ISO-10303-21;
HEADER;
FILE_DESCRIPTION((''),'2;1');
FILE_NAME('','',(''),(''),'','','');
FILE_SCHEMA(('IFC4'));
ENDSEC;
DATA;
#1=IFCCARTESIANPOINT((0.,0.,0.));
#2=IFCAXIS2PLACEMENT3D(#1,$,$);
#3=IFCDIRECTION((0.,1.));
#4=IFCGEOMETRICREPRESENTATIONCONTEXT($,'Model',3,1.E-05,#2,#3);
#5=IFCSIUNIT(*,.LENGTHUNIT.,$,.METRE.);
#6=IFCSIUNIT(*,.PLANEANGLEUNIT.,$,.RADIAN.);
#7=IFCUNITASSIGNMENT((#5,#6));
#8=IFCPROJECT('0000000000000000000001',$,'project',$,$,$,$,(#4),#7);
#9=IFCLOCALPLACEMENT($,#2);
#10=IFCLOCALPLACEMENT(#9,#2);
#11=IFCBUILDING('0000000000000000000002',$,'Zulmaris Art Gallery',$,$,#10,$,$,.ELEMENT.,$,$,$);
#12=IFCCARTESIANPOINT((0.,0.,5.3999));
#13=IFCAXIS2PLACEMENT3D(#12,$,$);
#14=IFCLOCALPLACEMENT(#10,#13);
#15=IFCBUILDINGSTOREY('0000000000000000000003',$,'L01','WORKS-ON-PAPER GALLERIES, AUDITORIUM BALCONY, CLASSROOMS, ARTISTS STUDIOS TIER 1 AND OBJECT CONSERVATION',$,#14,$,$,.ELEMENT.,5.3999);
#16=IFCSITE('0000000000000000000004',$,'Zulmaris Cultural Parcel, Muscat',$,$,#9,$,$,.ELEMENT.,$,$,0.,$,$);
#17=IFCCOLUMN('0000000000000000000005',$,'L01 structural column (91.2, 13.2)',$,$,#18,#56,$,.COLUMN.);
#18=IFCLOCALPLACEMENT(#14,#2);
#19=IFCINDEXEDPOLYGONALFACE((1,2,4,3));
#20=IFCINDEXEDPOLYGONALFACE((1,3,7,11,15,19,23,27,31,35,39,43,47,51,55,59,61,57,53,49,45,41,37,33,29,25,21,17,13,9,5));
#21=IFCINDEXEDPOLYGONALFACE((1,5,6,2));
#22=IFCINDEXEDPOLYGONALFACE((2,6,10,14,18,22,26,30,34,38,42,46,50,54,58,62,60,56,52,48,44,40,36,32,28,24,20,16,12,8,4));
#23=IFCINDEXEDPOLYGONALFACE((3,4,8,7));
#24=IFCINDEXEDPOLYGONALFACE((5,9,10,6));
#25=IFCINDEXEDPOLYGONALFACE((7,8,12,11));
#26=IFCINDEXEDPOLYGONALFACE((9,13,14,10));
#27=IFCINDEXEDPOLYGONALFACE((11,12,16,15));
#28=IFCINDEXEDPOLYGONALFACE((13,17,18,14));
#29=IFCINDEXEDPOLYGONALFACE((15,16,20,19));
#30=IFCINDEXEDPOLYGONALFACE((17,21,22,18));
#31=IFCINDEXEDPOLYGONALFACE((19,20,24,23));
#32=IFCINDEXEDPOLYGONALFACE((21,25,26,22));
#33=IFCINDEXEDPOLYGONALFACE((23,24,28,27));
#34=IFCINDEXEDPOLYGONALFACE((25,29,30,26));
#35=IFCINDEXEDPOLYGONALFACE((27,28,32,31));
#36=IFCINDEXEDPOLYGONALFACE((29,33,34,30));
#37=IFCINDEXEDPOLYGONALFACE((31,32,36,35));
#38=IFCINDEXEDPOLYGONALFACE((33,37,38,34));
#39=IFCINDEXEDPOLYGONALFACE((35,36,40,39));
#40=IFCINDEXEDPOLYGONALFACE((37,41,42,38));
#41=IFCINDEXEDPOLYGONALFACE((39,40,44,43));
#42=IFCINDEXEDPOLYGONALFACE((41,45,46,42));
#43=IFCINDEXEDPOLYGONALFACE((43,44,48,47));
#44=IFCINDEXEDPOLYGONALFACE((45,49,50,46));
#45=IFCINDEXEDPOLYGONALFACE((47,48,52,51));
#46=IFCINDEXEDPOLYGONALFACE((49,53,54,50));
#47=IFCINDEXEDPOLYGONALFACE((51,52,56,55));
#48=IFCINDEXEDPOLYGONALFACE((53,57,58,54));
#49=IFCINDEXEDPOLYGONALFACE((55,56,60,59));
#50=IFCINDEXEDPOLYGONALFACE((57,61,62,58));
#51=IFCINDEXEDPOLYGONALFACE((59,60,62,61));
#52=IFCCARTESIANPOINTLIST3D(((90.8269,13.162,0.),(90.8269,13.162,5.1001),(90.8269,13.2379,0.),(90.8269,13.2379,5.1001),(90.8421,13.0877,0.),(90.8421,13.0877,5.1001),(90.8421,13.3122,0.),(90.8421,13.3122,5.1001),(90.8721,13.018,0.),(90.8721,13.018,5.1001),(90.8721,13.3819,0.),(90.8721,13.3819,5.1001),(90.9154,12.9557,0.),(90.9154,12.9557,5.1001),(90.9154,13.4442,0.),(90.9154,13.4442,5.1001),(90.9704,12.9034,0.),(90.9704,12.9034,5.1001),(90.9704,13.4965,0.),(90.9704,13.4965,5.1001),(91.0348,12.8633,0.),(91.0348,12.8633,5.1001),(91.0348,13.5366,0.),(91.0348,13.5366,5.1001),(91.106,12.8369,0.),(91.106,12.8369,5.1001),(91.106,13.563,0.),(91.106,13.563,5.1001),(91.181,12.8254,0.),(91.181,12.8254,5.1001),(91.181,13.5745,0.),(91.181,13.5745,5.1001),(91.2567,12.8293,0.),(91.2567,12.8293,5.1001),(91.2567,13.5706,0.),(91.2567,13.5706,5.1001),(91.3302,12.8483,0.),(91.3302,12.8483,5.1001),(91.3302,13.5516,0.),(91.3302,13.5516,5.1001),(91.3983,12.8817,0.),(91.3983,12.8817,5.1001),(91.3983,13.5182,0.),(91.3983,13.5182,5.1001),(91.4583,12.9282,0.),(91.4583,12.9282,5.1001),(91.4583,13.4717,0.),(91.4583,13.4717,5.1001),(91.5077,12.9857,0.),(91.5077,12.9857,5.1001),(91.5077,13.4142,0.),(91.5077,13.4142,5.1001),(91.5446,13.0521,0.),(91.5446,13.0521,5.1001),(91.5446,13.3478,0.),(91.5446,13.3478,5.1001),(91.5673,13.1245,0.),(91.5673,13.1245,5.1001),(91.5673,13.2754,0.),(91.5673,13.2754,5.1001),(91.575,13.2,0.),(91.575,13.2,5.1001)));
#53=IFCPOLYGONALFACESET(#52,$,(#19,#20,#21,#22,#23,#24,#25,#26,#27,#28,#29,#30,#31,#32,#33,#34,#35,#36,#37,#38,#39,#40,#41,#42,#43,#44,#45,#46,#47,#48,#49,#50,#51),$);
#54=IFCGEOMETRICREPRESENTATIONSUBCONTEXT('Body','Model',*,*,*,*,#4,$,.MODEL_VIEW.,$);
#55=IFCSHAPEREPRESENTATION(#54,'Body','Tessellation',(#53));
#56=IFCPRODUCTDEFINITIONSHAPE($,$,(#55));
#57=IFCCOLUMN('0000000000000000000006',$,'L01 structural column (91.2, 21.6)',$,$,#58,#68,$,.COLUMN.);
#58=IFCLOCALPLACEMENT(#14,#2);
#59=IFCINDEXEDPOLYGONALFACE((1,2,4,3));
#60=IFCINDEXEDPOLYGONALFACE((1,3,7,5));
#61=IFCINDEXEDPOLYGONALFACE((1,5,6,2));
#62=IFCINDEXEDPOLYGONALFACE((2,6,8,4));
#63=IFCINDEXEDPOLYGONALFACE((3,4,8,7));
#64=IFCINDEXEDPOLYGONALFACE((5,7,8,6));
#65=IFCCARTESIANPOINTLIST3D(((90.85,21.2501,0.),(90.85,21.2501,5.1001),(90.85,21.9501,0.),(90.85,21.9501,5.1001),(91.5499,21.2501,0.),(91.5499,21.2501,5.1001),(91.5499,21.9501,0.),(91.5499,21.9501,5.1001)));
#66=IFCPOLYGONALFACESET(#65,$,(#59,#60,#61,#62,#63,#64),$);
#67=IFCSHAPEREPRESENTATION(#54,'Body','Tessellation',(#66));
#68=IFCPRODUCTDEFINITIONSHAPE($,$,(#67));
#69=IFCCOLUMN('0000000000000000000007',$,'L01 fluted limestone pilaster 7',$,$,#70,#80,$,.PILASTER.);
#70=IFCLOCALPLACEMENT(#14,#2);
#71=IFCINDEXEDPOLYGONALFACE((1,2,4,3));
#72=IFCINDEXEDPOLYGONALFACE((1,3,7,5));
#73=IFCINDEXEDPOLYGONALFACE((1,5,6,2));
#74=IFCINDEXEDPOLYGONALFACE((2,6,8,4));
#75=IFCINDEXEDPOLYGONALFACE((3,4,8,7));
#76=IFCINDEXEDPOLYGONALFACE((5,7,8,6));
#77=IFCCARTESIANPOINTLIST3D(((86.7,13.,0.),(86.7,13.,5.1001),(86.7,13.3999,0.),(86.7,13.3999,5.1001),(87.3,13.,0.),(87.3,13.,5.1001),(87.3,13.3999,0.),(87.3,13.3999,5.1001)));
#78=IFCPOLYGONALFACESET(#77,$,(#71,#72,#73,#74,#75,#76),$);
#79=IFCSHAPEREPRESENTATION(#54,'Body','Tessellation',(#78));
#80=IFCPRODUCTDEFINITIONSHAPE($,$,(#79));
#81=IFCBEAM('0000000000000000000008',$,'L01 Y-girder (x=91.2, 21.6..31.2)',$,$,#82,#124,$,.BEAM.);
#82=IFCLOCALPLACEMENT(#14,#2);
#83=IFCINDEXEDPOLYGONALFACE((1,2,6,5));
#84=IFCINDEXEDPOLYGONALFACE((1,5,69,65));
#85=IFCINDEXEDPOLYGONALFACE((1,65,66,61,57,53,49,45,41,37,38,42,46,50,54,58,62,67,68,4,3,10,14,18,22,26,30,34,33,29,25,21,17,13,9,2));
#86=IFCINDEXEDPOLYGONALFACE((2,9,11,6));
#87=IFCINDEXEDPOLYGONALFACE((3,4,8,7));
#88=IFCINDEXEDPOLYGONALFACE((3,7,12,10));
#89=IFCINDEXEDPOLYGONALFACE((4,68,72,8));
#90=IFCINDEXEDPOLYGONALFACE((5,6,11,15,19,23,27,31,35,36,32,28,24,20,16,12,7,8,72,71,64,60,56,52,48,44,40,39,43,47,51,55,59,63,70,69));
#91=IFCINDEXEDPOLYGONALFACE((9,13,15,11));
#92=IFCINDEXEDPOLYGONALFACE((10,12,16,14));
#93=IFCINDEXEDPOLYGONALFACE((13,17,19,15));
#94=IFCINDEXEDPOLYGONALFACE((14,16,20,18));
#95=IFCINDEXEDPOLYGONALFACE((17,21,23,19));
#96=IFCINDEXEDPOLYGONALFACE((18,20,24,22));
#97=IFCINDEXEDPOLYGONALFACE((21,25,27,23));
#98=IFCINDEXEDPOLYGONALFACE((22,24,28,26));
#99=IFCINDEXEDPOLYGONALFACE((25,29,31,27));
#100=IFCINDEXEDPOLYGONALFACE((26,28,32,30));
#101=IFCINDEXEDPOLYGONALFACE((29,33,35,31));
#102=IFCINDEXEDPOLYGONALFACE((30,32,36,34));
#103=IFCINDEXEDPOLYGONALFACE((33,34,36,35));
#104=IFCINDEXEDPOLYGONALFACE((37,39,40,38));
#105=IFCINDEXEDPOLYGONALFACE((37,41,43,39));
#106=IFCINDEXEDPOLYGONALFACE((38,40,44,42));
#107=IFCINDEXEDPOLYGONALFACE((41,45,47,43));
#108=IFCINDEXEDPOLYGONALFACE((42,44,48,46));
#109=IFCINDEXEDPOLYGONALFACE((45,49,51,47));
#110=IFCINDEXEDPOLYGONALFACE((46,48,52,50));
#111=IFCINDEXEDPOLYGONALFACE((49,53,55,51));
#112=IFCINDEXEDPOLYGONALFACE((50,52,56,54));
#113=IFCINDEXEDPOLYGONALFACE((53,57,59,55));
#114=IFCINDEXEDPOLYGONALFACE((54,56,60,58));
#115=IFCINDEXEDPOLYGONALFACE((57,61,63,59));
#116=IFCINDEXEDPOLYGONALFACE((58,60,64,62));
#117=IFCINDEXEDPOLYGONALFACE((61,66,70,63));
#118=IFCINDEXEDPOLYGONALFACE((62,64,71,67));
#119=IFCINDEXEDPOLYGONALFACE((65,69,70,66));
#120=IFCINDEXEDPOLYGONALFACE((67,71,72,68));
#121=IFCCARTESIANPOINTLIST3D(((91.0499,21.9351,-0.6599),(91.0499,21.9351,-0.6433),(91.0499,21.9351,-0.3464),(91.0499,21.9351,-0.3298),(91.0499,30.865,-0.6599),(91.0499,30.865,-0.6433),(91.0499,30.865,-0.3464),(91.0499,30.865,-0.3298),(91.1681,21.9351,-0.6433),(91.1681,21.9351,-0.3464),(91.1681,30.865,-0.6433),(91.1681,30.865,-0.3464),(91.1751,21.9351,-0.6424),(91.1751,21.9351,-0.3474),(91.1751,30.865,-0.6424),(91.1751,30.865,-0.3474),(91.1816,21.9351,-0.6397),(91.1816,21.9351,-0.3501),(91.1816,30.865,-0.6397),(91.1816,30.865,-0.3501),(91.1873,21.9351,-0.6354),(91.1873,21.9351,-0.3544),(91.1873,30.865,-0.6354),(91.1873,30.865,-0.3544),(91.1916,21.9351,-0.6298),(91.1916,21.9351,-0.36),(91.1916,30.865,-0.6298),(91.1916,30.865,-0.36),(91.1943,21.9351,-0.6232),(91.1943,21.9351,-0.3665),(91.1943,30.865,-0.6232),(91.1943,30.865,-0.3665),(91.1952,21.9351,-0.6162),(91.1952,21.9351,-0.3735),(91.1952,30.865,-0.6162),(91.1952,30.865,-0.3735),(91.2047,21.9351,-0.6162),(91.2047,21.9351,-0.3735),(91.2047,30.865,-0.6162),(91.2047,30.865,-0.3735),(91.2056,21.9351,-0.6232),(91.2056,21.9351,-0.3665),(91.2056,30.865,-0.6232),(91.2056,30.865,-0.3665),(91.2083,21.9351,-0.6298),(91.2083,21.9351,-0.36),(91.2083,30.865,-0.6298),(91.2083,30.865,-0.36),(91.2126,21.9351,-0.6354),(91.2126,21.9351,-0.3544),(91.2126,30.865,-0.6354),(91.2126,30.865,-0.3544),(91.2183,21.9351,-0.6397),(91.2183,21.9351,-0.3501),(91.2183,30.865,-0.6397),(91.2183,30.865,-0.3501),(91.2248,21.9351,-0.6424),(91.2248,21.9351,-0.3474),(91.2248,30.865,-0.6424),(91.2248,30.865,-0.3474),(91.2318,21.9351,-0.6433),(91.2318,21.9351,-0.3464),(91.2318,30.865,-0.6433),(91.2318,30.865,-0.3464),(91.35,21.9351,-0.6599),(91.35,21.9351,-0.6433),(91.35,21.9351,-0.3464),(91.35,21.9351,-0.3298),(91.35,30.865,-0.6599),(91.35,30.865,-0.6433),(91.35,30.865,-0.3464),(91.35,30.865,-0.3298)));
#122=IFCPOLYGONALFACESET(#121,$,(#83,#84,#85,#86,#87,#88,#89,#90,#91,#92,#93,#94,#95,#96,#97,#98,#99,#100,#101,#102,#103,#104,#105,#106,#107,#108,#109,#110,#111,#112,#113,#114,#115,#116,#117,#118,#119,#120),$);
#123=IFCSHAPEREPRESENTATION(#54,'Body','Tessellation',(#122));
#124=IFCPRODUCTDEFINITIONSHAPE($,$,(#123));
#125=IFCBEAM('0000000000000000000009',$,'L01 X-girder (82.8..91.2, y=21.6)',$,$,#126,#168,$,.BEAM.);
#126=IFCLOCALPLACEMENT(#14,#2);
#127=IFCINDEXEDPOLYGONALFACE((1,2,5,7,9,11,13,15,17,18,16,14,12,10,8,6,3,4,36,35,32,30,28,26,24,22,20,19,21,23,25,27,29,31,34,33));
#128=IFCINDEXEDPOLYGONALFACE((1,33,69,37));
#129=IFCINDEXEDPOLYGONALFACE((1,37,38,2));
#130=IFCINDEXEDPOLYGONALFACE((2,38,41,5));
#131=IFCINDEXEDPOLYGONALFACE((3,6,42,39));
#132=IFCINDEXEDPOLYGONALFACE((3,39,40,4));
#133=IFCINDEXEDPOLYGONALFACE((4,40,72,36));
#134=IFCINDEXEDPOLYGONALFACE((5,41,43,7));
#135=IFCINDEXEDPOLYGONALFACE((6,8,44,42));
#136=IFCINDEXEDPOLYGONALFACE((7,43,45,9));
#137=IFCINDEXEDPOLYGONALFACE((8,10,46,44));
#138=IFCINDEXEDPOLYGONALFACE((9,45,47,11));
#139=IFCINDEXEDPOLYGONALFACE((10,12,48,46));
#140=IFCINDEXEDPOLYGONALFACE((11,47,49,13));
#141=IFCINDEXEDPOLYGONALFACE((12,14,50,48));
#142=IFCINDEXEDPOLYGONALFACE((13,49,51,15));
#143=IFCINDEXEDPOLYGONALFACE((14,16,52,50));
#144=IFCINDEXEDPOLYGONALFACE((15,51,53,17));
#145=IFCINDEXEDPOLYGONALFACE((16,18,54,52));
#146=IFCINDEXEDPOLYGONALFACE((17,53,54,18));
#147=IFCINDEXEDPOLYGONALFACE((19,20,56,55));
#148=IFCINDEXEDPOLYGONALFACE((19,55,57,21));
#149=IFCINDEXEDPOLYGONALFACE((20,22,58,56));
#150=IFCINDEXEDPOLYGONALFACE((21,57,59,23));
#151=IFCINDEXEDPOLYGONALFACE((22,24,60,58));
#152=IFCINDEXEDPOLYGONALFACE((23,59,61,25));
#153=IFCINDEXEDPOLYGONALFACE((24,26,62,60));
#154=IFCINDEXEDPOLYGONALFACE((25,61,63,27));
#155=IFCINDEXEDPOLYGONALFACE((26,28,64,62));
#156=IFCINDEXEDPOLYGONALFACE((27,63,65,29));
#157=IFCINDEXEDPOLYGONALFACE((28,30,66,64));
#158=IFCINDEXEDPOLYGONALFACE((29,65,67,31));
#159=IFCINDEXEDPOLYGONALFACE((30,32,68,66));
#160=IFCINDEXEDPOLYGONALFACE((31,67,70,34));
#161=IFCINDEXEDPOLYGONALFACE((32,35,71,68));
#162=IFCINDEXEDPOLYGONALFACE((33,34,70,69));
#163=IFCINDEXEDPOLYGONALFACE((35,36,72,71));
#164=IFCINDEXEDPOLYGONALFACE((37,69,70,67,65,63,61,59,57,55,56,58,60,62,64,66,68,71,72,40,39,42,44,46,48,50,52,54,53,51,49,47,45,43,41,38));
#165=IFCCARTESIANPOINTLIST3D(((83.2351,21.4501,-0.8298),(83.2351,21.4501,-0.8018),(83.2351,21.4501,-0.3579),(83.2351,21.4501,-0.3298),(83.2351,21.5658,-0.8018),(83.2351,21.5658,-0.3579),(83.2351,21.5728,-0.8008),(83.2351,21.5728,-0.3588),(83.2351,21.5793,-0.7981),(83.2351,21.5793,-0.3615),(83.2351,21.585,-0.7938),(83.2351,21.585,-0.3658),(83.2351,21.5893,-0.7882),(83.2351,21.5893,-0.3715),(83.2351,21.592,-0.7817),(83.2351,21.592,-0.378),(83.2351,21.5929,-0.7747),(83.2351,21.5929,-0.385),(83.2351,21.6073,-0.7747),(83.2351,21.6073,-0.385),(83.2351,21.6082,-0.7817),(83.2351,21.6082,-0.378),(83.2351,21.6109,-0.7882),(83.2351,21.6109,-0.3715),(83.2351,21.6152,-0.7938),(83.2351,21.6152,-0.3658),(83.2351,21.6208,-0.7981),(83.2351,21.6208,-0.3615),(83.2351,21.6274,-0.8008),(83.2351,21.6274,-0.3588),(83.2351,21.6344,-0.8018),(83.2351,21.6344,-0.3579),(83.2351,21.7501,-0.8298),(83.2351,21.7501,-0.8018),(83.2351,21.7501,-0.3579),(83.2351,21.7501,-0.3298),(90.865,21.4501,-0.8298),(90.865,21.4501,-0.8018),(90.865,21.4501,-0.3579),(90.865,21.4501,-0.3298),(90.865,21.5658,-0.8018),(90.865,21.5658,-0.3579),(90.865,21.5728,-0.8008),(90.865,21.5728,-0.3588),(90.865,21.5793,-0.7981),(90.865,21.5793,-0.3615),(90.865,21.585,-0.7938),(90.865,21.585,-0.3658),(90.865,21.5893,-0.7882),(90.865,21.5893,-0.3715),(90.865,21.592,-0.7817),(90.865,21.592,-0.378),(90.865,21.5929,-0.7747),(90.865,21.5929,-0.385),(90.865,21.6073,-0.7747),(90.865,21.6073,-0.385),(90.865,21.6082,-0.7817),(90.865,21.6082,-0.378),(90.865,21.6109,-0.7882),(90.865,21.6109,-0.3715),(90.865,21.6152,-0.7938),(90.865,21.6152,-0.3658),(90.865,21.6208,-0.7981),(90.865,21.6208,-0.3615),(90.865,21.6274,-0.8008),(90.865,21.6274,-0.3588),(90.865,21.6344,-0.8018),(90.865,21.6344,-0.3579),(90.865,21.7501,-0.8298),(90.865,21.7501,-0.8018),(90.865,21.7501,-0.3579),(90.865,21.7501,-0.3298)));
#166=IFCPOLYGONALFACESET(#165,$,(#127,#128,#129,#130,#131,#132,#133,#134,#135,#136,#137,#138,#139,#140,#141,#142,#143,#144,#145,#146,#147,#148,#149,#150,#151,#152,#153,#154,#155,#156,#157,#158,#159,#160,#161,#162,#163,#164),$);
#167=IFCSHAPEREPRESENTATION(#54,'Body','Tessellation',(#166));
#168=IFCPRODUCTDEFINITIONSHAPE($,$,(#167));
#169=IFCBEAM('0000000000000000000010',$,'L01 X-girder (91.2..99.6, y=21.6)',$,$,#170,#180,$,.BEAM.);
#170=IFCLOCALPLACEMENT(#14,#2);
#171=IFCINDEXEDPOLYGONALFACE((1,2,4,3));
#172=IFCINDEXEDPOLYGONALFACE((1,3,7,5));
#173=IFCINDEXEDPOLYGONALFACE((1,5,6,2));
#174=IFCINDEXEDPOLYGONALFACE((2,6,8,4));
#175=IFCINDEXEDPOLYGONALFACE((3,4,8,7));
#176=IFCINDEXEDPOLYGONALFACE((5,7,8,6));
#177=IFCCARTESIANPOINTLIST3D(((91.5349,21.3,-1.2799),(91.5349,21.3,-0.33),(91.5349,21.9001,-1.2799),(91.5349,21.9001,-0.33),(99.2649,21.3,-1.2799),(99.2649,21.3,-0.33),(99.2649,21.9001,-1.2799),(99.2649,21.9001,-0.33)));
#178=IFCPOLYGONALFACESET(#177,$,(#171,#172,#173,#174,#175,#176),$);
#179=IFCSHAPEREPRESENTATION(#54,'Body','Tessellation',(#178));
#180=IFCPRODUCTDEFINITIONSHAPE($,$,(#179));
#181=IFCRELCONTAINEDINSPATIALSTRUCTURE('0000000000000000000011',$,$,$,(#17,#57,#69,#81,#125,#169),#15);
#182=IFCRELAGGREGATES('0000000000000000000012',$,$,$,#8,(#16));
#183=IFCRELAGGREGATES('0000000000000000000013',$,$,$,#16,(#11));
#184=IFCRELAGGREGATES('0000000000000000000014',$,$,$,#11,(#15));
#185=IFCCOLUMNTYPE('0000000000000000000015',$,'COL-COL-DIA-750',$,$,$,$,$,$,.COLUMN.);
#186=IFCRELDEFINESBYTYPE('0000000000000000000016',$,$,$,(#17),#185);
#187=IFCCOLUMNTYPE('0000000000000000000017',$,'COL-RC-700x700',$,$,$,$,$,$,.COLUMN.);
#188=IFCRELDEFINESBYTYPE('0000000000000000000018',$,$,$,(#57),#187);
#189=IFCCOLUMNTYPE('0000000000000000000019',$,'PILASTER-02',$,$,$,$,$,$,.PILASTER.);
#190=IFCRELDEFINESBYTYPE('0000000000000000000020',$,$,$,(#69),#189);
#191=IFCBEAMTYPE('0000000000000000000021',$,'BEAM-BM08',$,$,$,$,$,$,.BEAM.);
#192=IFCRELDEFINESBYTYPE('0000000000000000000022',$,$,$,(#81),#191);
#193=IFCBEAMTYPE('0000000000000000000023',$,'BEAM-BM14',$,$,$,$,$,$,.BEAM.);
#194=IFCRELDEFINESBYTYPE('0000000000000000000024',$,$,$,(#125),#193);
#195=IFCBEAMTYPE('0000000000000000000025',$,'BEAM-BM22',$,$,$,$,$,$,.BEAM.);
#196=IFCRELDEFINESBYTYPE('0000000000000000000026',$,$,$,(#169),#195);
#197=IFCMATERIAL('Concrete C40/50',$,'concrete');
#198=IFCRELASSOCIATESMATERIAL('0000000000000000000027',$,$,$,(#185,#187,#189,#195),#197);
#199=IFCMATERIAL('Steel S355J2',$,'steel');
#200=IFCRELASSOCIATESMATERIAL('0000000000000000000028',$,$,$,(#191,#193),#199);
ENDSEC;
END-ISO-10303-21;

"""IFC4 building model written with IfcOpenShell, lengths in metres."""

from ifc_helpers import new_model, si_unit, direction, frame, origin, origin_2d, place, context, subcontext, project, spatial, rectangle, circle, i_section, extrude, material, material_profile, profile_set, type_object, element, save


model = new_model("IFC4")

# Units and contexts
model_context = context("Model", 3, precision=1e-05, world=origin(), true_north=direction((0.0, 1.0)))
body_context = subcontext(model_context, "Body", "Model", "MODEL_VIEW")
ifc_project = project(units=[si_unit("LENGTHUNIT", "METRE"), si_unit("PLANEANGLEUNIT", "RADIAN")], contexts=[model_context])

# Site, building, storey
site_placement = place(None, origin())
site = spatial("IfcSite", under=ifc_project, at=site_placement, Name="Zulmaris Cultural Parcel, Muscat", CompositionType="ELEMENT", RefElevation=0.0)
building_placement = place(site_placement, origin())
building = spatial("IfcBuilding", under=site, at=building_placement, Name="Zulmaris Art Gallery", CompositionType="ELEMENT")
storey_placement = place(building_placement, frame((0.0, 0.0, 5.3999)))
storey = spatial("IfcBuildingStorey", under=building, at=storey_placement, Name="L01", Description="WORKS-ON-PAPER GALLERIES, AUDITORIUM BALCONY, CLASSROOMS, ARTISTS STUDIOS TIER 1 AND OBJECT CONSERVATION", CompositionType="ELEMENT", Elevation=5.3999)

# Columns
ifc_material_1 = material(Name="Concrete C40/50", Category="concrete")
ifc_material_profile_1 = material_profile(ifc_material_1, circle(Radius=0.375, at=origin_2d()), Name="COL DIA 750")
ifc_profile_set_1 = profile_set([ifc_material_profile_1], Name="Concrete C40/50")
column_type_1 = type_object("IfcColumnType", Name="COL-COL-DIA-750", PredefinedType="COLUMN", material=ifc_profile_set_1)
column_1_placement = place(storey_placement, frame((91.2, 13.2, 0.0), z_axis=(0.0, 0.0, 1.0), x_axis=(1.0, 0.0, 0.0)))
element("IfcColumn", 1, at=column_1_placement, inside=storey, type_object=column_type_1, Name="L01 structural column (91.2, 13.2)", PredefinedType="COLUMN", context=body_context, shape_type="SweptSolid", body=[
    extrude(circle(Radius=0.375, at=origin_2d()), origin(), (0.0, 0.0, 1.0), 5.1001),
])
ifc_material_profile_2 = material_profile(ifc_material_1, rectangle(XDim=0.7, YDim=0.7, at=origin_2d()), Name="RC 700x700")
ifc_profile_set_2 = profile_set([ifc_material_profile_2], Name="Concrete C40/50")
column_type_2 = type_object("IfcColumnType", Name="COL-RC-700x700", PredefinedType="COLUMN", material=ifc_profile_set_2)
column_2_placement = place(storey_placement, frame((91.2, 21.6001, 0.0), z_axis=(0.0, 0.0, 1.0), x_axis=(1.0, 0.0, 0.0)))
element("IfcColumn", 2, at=column_2_placement, inside=storey, type_object=column_type_2, Name="L01 structural column (91.2, 21.6)", PredefinedType="COLUMN", context=body_context, shape_type="SweptSolid", body=[
    extrude(rectangle(XDim=0.7, YDim=0.7, at=origin_2d()), origin(), (0.0, 0.0, 1.0), 5.1001),
])
ifc_material_profile_3 = material_profile(ifc_material_1, rectangle(XDim=0.6001, YDim=0.3999, at=origin_2d()), Name="PIL 600x400")
ifc_profile_set_3 = profile_set([ifc_material_profile_3], Name="Concrete C40/50")
column_type_3 = type_object("IfcColumnType", Name="PILASTER-02", PredefinedType="PILASTER", material=ifc_profile_set_3)
column_3_placement = place(storey_placement, frame((87.0, 13.2, 0.0), z_axis=(0.0, 0.0, 1.0), x_axis=(1.0, 0.0, 0.0)))
element("IfcColumn", 3, at=column_3_placement, inside=storey, type_object=column_type_3, Name="L01 fluted limestone pilaster 7", PredefinedType="PILASTER", context=body_context, shape_type="SweptSolid", body=[
    extrude(rectangle(XDim=0.6001, YDim=0.3999, at=origin_2d()), origin(), (0.0, 0.0, 1.0), 5.1001),
])

# Beams
ifc_material_2 = material(Name="Steel S355J2", Category="steel")
ifc_material_profile_4 = material_profile(ifc_material_2, i_section(OverallWidth=0.3, OverallDepth=0.3301, WebThickness=0.0095, FlangeThickness=0.0166, FilletRadius=0.0271, at=origin_2d()), Name="HEA 340")
ifc_profile_set_4 = profile_set([ifc_material_profile_4], Name="Steel S355J2")
beam_type_1 = type_object("IfcBeamType", Name="BEAM-BM08", PredefinedType="BEAM", material=ifc_profile_set_4)
beam_1_placement = place(storey_placement, frame((91.2, 21.9351, -0.4949), z_axis=(0.0, 1.0, 0.0), x_axis=(-1.0, 0.0, 0.0)))
element("IfcBeam", 4, at=beam_1_placement, inside=storey, type_object=beam_type_1, Name="L01 Y-girder (x=91.2, 21.6..31.2)", PredefinedType="BEAM", context=body_context, shape_type="SweptSolid", body=[
    extrude(i_section(OverallWidth=0.3, OverallDepth=0.3301, WebThickness=0.0095, FlangeThickness=0.0166, FilletRadius=0.0271, at=origin_2d()), origin(), (0.0, 0.0, 1.0), 8.9299),
])
ifc_material_profile_5 = material_profile(ifc_material_2, i_section(OverallWidth=0.3, OverallDepth=0.5, WebThickness=0.0144, FlangeThickness=0.0281, FilletRadius=0.0271, at=origin_2d()), Name="HEB 500")
ifc_profile_set_5 = profile_set([ifc_material_profile_5], Name="Steel S355J2")
beam_type_2 = type_object("IfcBeamType", Name="BEAM-BM14", PredefinedType="BEAM", material=ifc_profile_set_5)
beam_2_placement = place(storey_placement, frame((83.2351, 21.6001, -0.5798), z_axis=(1.0, 0.0, 0.0), x_axis=(0.0, 1.0, 0.0)))
element("IfcBeam", 5, at=beam_2_placement, inside=storey, type_object=beam_type_2, Name="L01 X-girder (82.8..91.2, y=21.6)", PredefinedType="BEAM", context=body_context, shape_type="SweptSolid", body=[
    extrude(i_section(OverallWidth=0.3, OverallDepth=0.5, WebThickness=0.0144, FlangeThickness=0.0281, FilletRadius=0.0271, at=origin_2d()), origin(), (0.0, 0.0, 1.0), 7.6299),
])
ifc_material_profile_6 = material_profile(ifc_material_1, rectangle(XDim=0.6001, YDim=0.95, at=origin_2d()), Name="RC 600x950")
ifc_profile_set_6 = profile_set([ifc_material_profile_6], Name="Concrete C40/50")
beam_type_3 = type_object("IfcBeamType", Name="BEAM-BM22", PredefinedType="BEAM", material=ifc_profile_set_6)
beam_3_placement = place(storey_placement, frame((91.5349, 21.6001, -0.8049), z_axis=(1.0, 0.0, 0.0), x_axis=(0.0, 1.0, 0.0)))
element("IfcBeam", 6, at=beam_3_placement, inside=storey, type_object=beam_type_3, Name="L01 X-girder (91.2..99.6, y=21.6)", PredefinedType="BEAM", context=body_context, shape_type="SweptSolid", body=[
    extrude(rectangle(XDim=0.6001, YDim=0.95, at=origin_2d()), origin(), (0.0, 0.0, 1.0), 7.73),
])

save(model, "model.ifc")
